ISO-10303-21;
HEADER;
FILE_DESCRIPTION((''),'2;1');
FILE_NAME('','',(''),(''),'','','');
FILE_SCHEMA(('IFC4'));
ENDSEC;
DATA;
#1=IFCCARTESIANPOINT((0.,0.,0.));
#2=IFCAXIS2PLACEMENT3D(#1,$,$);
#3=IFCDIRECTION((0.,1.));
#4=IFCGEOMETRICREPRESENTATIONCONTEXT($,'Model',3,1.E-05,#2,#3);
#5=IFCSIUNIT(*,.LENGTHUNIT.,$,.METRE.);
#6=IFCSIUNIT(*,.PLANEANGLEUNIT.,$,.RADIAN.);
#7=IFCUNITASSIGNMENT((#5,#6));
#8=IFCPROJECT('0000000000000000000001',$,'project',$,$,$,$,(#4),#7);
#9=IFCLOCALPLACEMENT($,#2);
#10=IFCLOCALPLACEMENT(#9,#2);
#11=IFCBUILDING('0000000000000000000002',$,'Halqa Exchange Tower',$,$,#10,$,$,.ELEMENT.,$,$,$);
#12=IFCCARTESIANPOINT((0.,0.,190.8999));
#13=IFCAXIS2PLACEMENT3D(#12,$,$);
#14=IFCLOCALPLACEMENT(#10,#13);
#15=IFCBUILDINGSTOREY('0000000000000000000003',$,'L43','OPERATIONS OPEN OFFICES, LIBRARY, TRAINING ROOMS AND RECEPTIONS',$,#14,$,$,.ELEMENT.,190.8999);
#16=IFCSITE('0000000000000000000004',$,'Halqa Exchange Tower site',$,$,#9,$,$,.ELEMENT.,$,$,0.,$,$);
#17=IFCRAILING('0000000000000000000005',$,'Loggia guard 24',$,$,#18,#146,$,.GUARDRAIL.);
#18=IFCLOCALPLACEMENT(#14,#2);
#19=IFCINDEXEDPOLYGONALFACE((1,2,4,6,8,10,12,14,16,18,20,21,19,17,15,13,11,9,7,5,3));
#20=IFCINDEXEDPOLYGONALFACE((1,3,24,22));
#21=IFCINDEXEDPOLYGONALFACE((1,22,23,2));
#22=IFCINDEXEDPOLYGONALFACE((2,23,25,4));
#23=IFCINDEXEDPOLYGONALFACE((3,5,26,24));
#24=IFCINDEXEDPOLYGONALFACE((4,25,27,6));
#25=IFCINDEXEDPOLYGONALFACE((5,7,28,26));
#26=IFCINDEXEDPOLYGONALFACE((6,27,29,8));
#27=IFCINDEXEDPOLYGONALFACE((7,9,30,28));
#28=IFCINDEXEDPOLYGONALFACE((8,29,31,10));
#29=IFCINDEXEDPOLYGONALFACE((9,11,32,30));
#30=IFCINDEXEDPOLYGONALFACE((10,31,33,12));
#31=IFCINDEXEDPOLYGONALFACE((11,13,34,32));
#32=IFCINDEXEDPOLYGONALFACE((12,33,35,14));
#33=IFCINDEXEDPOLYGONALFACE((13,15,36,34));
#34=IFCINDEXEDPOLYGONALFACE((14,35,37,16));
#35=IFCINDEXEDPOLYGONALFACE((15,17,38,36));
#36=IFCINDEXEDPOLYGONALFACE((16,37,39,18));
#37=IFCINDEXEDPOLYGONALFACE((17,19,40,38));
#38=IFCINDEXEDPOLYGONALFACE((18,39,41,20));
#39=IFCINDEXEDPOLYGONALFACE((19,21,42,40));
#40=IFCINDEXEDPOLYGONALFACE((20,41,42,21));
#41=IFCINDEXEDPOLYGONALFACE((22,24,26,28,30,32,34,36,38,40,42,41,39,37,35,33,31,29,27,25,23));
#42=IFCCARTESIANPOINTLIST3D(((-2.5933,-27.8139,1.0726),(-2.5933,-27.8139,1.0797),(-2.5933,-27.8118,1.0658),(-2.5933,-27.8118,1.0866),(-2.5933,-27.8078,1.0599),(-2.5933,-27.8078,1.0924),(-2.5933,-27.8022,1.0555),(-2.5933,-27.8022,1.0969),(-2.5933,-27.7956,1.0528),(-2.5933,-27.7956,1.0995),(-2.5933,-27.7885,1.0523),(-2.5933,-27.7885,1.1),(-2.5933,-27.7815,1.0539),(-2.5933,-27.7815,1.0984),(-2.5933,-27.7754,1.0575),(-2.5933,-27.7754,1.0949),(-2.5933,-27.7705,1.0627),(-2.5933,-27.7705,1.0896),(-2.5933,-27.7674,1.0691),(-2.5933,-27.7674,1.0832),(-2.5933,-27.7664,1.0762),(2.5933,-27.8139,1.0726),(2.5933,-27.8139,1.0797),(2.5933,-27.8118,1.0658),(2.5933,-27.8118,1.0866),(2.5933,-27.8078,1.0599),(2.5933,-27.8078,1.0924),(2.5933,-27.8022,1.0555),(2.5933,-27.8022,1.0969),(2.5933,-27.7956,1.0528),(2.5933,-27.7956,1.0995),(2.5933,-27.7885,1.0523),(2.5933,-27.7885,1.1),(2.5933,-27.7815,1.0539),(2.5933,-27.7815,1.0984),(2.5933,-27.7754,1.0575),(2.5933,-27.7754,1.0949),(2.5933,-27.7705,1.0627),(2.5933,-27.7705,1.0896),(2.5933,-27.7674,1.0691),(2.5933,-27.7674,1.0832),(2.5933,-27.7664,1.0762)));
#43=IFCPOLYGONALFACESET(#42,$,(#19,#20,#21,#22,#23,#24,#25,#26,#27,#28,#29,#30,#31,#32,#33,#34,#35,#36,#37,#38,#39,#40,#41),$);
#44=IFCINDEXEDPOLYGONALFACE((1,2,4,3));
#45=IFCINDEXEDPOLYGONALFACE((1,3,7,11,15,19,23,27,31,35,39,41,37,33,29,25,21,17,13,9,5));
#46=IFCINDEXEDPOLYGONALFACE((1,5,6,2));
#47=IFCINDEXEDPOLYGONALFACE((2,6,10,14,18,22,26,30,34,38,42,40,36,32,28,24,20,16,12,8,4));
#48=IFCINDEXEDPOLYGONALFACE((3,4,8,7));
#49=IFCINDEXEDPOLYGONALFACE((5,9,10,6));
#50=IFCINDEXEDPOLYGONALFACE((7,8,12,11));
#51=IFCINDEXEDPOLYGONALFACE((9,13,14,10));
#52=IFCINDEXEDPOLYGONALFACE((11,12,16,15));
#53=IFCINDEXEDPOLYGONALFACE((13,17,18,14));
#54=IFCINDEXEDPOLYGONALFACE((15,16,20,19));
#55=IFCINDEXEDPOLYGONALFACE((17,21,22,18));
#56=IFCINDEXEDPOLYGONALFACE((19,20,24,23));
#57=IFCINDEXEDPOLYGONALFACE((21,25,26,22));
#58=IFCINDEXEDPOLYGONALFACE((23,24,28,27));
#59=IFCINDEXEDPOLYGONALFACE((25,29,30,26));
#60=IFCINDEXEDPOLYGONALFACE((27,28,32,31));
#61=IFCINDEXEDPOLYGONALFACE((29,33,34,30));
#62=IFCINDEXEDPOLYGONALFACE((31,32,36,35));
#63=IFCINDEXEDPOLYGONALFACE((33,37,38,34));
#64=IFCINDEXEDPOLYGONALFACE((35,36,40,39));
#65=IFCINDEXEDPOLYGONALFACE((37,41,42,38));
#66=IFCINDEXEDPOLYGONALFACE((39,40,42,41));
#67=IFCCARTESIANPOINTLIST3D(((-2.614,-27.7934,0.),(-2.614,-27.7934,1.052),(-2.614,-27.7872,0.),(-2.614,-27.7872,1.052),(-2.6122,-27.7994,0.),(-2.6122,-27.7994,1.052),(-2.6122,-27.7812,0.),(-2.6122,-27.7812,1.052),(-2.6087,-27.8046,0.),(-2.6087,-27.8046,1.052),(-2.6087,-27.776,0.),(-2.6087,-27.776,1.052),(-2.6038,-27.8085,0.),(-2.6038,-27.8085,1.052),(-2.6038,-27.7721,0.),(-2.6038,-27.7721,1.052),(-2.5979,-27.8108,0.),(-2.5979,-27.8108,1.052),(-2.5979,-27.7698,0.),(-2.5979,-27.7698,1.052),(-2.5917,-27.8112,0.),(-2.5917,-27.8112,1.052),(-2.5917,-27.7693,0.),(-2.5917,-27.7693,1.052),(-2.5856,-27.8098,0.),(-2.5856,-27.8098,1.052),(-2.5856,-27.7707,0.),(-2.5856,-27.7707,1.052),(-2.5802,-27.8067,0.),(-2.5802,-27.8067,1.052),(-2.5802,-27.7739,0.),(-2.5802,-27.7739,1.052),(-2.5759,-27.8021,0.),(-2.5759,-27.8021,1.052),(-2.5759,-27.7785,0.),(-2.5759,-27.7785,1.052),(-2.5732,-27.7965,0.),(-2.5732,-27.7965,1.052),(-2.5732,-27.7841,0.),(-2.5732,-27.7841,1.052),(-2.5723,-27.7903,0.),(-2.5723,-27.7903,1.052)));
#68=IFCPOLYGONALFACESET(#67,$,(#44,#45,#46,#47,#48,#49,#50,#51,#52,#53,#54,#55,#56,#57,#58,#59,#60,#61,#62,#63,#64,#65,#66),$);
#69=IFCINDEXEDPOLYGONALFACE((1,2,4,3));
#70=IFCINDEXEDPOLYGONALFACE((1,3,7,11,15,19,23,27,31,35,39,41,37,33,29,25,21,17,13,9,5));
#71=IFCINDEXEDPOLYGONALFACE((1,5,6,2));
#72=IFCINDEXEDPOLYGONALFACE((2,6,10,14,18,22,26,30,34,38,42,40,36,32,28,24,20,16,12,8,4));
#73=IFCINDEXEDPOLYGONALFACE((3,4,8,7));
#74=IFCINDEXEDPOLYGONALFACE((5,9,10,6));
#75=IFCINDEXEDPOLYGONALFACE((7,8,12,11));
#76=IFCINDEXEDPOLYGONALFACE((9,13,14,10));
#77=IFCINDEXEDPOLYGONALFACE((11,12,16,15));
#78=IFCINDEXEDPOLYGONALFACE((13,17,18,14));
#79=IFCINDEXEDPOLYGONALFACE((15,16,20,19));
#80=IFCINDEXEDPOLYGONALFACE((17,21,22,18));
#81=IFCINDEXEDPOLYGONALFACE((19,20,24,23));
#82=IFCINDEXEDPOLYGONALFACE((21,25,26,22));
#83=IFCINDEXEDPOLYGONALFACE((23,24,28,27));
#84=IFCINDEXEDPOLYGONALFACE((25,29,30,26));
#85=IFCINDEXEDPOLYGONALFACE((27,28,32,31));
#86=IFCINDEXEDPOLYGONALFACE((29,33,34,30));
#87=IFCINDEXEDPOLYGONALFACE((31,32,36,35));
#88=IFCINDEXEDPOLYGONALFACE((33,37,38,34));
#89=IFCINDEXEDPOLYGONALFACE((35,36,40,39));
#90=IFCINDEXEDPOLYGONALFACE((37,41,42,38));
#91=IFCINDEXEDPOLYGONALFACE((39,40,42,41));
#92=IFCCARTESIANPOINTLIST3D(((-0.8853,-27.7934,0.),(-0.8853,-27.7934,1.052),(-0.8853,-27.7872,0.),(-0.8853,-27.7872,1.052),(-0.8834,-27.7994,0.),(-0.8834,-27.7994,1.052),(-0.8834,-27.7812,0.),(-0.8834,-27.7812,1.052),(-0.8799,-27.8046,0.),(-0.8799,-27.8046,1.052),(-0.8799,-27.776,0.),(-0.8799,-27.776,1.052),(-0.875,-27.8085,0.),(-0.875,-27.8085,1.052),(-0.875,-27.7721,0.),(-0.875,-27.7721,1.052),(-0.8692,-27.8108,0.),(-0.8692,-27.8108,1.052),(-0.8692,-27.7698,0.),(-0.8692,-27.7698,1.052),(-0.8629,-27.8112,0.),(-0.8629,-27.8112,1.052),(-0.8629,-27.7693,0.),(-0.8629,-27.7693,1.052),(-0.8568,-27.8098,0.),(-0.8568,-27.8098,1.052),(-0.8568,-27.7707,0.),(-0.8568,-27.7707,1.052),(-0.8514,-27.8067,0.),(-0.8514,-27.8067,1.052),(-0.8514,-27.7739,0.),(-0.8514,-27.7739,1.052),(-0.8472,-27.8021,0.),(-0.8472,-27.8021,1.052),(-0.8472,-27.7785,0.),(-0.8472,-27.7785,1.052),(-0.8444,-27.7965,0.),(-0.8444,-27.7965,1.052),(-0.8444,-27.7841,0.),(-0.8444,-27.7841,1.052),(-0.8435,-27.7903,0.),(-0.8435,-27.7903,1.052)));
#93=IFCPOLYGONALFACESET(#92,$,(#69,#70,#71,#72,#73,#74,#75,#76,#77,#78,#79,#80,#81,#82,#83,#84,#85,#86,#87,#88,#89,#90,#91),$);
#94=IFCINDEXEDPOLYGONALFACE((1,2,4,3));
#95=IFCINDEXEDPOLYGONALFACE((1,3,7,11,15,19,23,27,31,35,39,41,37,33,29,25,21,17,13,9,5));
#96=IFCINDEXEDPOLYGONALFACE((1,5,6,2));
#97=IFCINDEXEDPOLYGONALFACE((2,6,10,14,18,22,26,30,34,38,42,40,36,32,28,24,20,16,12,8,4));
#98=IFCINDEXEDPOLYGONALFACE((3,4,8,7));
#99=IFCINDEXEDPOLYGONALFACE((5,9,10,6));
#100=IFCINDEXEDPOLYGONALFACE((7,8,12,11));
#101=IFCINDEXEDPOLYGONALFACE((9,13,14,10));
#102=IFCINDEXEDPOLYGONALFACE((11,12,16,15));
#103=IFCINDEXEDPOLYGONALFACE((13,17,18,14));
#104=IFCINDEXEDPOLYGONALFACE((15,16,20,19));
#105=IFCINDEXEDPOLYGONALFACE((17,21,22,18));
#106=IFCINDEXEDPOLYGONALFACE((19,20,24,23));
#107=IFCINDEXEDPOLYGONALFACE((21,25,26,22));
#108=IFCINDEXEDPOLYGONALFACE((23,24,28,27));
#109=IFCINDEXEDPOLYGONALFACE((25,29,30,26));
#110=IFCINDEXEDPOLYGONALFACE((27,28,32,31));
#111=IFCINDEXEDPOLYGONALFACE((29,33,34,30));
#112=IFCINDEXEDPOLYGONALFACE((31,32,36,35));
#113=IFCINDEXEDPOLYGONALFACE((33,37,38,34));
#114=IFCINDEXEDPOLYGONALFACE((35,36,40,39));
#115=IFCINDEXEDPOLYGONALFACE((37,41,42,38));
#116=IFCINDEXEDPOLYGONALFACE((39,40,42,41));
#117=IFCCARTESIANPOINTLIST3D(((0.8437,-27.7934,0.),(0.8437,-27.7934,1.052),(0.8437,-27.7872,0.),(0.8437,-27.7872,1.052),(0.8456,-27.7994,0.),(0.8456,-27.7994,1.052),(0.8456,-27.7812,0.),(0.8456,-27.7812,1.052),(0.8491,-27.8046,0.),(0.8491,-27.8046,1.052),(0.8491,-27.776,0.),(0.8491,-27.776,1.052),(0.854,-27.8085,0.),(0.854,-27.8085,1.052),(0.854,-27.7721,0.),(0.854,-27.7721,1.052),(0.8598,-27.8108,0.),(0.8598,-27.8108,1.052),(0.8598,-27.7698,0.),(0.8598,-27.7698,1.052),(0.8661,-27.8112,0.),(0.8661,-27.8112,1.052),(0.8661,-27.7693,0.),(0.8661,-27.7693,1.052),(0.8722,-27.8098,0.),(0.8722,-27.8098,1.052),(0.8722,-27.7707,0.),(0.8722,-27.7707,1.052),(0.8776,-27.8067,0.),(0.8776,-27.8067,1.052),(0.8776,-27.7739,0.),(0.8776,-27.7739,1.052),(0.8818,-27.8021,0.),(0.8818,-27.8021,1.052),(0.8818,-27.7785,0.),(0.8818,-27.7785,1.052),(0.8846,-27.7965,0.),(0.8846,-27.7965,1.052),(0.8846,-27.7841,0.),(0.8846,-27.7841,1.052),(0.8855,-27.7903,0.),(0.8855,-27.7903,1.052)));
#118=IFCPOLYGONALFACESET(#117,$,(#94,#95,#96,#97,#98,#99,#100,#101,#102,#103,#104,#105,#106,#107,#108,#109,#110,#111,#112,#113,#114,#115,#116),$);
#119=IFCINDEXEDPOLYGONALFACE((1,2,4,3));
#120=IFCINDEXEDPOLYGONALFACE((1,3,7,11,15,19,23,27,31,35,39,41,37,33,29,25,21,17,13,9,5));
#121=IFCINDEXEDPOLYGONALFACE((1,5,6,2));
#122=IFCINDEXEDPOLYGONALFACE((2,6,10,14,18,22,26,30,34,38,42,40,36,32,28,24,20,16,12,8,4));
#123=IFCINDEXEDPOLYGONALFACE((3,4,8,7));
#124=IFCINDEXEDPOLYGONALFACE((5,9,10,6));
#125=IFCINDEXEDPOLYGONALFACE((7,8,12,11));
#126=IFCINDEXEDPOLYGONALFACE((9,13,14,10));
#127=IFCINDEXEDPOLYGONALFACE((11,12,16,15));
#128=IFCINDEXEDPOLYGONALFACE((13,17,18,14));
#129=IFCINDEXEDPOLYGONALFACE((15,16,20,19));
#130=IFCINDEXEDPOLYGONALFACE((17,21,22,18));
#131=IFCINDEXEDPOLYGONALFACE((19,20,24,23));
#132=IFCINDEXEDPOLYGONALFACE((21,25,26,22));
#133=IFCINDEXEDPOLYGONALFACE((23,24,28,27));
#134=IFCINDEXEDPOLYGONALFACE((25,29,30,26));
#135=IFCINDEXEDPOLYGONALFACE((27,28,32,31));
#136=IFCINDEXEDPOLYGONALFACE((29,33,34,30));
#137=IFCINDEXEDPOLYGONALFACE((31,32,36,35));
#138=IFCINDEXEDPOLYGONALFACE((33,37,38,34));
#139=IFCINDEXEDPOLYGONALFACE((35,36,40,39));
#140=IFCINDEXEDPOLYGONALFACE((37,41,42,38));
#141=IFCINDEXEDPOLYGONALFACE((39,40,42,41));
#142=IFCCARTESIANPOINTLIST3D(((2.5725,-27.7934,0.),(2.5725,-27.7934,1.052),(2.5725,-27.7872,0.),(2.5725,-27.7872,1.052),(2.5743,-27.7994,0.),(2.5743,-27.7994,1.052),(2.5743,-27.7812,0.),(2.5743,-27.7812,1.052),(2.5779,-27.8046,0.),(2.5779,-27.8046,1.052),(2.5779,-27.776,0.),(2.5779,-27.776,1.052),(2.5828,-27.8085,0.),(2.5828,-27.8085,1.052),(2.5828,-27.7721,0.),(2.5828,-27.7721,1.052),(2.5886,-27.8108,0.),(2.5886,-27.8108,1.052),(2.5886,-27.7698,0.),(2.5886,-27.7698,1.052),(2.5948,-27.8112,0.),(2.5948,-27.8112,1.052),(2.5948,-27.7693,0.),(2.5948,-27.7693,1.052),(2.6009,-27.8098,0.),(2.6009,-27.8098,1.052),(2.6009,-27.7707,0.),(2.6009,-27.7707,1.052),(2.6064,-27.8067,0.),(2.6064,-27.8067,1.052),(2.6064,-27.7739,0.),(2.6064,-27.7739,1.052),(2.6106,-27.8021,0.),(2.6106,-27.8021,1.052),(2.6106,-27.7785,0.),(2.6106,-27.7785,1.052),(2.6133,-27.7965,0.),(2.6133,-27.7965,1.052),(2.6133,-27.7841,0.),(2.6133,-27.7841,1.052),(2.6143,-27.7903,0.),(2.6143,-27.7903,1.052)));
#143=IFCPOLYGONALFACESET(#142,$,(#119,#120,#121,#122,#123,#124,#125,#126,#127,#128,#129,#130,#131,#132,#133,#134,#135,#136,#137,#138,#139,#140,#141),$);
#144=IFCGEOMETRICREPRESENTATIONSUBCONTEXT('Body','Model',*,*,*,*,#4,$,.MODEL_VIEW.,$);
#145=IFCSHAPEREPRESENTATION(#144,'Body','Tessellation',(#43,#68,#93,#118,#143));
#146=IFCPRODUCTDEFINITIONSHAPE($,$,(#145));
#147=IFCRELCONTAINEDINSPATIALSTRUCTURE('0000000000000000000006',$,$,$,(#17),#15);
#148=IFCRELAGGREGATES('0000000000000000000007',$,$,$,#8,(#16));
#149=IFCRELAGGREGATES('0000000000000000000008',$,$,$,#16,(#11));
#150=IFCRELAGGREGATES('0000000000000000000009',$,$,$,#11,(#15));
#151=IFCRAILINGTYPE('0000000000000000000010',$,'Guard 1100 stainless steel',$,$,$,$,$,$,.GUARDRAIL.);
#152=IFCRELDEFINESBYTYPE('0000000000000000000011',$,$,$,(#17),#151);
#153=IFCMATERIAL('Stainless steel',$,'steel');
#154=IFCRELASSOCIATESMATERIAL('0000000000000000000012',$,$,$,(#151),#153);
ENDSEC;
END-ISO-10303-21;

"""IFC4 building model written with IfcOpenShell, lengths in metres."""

from ifc_helpers import new_model, si_unit, direction, frame, origin, origin_2d, place, context, subcontext, project, spatial, circle, extrude, material, type_object, element, save


model = new_model("IFC4")

# Units and contexts
model_context = context("Model", 3, precision=1e-05, world=origin(), true_north=direction((0.0, 1.0)))
body_context = subcontext(model_context, "Body", "Model", "MODEL_VIEW")
ifc_project = project(units=[si_unit("LENGTHUNIT", "METRE"), si_unit("PLANEANGLEUNIT", "RADIAN")], contexts=[model_context])

# Site, building, storey
site_placement = place(None, origin())
site = spatial("IfcSite", under=ifc_project, at=site_placement, Name="Halqa Exchange Tower site", CompositionType="ELEMENT", RefElevation=0.0)
building_placement = place(site_placement, origin())
building = spatial("IfcBuilding", under=site, at=building_placement, Name="Halqa Exchange Tower", CompositionType="ELEMENT")
storey_placement = place(building_placement, frame((0.0, 0.0, 190.8999)))
storey = spatial("IfcBuildingStorey", under=building, at=storey_placement, Name="L43", Description="OPERATIONS OPEN OFFICES, LIBRARY, TRAINING ROOMS AND RECEPTIONS", CompositionType="ELEMENT", Elevation=190.8999)

# Railing
ifc_material_1 = material(Name="Stainless steel", Category="steel")
railing_type = type_object("IfcRailingType", Name="Guard 1100 stainless steel", PredefinedType="GUARDRAIL", material=ifc_material_1)
railing_1_placement = place(storey_placement, frame((-2.5933, -27.7903, 0.0)))
element("IfcRailing", 1, at=railing_1_placement, inside=storey, type_object=railing_type, Name="Loggia guard 24", PredefinedType="GUARDRAIL", context=body_context, shape_type="SweptSolid", body=[
    extrude(circle(Radius=0.0239, at=origin_2d()), frame((0.0, 0.0, 1.0762), z_axis=(1.0, 0.0, 0.0), x_axis=(0.0, 1.0, 0.0)), (0.0, 0.0, 1.0), 5.1865),
    extrude(circle(Radius=0.021, at=origin_2d()), origin(), (0.0, 0.0, 1.0), 1.052),
    extrude(circle(Radius=0.021, at=origin_2d()), frame((1.7288, 0.0, 0.0)), (0.0, 0.0, 1.0), 1.052),
    extrude(circle(Radius=0.021, at=origin_2d()), frame((3.4578, 0.0, 0.0)), (0.0, 0.0, 1.0), 1.052),
    extrude(circle(Radius=0.021, at=origin_2d()), frame((5.1865, 0.0, 0.0)), (0.0, 0.0, 1.0), 1.052),
])

save(model, "model.ifc")
